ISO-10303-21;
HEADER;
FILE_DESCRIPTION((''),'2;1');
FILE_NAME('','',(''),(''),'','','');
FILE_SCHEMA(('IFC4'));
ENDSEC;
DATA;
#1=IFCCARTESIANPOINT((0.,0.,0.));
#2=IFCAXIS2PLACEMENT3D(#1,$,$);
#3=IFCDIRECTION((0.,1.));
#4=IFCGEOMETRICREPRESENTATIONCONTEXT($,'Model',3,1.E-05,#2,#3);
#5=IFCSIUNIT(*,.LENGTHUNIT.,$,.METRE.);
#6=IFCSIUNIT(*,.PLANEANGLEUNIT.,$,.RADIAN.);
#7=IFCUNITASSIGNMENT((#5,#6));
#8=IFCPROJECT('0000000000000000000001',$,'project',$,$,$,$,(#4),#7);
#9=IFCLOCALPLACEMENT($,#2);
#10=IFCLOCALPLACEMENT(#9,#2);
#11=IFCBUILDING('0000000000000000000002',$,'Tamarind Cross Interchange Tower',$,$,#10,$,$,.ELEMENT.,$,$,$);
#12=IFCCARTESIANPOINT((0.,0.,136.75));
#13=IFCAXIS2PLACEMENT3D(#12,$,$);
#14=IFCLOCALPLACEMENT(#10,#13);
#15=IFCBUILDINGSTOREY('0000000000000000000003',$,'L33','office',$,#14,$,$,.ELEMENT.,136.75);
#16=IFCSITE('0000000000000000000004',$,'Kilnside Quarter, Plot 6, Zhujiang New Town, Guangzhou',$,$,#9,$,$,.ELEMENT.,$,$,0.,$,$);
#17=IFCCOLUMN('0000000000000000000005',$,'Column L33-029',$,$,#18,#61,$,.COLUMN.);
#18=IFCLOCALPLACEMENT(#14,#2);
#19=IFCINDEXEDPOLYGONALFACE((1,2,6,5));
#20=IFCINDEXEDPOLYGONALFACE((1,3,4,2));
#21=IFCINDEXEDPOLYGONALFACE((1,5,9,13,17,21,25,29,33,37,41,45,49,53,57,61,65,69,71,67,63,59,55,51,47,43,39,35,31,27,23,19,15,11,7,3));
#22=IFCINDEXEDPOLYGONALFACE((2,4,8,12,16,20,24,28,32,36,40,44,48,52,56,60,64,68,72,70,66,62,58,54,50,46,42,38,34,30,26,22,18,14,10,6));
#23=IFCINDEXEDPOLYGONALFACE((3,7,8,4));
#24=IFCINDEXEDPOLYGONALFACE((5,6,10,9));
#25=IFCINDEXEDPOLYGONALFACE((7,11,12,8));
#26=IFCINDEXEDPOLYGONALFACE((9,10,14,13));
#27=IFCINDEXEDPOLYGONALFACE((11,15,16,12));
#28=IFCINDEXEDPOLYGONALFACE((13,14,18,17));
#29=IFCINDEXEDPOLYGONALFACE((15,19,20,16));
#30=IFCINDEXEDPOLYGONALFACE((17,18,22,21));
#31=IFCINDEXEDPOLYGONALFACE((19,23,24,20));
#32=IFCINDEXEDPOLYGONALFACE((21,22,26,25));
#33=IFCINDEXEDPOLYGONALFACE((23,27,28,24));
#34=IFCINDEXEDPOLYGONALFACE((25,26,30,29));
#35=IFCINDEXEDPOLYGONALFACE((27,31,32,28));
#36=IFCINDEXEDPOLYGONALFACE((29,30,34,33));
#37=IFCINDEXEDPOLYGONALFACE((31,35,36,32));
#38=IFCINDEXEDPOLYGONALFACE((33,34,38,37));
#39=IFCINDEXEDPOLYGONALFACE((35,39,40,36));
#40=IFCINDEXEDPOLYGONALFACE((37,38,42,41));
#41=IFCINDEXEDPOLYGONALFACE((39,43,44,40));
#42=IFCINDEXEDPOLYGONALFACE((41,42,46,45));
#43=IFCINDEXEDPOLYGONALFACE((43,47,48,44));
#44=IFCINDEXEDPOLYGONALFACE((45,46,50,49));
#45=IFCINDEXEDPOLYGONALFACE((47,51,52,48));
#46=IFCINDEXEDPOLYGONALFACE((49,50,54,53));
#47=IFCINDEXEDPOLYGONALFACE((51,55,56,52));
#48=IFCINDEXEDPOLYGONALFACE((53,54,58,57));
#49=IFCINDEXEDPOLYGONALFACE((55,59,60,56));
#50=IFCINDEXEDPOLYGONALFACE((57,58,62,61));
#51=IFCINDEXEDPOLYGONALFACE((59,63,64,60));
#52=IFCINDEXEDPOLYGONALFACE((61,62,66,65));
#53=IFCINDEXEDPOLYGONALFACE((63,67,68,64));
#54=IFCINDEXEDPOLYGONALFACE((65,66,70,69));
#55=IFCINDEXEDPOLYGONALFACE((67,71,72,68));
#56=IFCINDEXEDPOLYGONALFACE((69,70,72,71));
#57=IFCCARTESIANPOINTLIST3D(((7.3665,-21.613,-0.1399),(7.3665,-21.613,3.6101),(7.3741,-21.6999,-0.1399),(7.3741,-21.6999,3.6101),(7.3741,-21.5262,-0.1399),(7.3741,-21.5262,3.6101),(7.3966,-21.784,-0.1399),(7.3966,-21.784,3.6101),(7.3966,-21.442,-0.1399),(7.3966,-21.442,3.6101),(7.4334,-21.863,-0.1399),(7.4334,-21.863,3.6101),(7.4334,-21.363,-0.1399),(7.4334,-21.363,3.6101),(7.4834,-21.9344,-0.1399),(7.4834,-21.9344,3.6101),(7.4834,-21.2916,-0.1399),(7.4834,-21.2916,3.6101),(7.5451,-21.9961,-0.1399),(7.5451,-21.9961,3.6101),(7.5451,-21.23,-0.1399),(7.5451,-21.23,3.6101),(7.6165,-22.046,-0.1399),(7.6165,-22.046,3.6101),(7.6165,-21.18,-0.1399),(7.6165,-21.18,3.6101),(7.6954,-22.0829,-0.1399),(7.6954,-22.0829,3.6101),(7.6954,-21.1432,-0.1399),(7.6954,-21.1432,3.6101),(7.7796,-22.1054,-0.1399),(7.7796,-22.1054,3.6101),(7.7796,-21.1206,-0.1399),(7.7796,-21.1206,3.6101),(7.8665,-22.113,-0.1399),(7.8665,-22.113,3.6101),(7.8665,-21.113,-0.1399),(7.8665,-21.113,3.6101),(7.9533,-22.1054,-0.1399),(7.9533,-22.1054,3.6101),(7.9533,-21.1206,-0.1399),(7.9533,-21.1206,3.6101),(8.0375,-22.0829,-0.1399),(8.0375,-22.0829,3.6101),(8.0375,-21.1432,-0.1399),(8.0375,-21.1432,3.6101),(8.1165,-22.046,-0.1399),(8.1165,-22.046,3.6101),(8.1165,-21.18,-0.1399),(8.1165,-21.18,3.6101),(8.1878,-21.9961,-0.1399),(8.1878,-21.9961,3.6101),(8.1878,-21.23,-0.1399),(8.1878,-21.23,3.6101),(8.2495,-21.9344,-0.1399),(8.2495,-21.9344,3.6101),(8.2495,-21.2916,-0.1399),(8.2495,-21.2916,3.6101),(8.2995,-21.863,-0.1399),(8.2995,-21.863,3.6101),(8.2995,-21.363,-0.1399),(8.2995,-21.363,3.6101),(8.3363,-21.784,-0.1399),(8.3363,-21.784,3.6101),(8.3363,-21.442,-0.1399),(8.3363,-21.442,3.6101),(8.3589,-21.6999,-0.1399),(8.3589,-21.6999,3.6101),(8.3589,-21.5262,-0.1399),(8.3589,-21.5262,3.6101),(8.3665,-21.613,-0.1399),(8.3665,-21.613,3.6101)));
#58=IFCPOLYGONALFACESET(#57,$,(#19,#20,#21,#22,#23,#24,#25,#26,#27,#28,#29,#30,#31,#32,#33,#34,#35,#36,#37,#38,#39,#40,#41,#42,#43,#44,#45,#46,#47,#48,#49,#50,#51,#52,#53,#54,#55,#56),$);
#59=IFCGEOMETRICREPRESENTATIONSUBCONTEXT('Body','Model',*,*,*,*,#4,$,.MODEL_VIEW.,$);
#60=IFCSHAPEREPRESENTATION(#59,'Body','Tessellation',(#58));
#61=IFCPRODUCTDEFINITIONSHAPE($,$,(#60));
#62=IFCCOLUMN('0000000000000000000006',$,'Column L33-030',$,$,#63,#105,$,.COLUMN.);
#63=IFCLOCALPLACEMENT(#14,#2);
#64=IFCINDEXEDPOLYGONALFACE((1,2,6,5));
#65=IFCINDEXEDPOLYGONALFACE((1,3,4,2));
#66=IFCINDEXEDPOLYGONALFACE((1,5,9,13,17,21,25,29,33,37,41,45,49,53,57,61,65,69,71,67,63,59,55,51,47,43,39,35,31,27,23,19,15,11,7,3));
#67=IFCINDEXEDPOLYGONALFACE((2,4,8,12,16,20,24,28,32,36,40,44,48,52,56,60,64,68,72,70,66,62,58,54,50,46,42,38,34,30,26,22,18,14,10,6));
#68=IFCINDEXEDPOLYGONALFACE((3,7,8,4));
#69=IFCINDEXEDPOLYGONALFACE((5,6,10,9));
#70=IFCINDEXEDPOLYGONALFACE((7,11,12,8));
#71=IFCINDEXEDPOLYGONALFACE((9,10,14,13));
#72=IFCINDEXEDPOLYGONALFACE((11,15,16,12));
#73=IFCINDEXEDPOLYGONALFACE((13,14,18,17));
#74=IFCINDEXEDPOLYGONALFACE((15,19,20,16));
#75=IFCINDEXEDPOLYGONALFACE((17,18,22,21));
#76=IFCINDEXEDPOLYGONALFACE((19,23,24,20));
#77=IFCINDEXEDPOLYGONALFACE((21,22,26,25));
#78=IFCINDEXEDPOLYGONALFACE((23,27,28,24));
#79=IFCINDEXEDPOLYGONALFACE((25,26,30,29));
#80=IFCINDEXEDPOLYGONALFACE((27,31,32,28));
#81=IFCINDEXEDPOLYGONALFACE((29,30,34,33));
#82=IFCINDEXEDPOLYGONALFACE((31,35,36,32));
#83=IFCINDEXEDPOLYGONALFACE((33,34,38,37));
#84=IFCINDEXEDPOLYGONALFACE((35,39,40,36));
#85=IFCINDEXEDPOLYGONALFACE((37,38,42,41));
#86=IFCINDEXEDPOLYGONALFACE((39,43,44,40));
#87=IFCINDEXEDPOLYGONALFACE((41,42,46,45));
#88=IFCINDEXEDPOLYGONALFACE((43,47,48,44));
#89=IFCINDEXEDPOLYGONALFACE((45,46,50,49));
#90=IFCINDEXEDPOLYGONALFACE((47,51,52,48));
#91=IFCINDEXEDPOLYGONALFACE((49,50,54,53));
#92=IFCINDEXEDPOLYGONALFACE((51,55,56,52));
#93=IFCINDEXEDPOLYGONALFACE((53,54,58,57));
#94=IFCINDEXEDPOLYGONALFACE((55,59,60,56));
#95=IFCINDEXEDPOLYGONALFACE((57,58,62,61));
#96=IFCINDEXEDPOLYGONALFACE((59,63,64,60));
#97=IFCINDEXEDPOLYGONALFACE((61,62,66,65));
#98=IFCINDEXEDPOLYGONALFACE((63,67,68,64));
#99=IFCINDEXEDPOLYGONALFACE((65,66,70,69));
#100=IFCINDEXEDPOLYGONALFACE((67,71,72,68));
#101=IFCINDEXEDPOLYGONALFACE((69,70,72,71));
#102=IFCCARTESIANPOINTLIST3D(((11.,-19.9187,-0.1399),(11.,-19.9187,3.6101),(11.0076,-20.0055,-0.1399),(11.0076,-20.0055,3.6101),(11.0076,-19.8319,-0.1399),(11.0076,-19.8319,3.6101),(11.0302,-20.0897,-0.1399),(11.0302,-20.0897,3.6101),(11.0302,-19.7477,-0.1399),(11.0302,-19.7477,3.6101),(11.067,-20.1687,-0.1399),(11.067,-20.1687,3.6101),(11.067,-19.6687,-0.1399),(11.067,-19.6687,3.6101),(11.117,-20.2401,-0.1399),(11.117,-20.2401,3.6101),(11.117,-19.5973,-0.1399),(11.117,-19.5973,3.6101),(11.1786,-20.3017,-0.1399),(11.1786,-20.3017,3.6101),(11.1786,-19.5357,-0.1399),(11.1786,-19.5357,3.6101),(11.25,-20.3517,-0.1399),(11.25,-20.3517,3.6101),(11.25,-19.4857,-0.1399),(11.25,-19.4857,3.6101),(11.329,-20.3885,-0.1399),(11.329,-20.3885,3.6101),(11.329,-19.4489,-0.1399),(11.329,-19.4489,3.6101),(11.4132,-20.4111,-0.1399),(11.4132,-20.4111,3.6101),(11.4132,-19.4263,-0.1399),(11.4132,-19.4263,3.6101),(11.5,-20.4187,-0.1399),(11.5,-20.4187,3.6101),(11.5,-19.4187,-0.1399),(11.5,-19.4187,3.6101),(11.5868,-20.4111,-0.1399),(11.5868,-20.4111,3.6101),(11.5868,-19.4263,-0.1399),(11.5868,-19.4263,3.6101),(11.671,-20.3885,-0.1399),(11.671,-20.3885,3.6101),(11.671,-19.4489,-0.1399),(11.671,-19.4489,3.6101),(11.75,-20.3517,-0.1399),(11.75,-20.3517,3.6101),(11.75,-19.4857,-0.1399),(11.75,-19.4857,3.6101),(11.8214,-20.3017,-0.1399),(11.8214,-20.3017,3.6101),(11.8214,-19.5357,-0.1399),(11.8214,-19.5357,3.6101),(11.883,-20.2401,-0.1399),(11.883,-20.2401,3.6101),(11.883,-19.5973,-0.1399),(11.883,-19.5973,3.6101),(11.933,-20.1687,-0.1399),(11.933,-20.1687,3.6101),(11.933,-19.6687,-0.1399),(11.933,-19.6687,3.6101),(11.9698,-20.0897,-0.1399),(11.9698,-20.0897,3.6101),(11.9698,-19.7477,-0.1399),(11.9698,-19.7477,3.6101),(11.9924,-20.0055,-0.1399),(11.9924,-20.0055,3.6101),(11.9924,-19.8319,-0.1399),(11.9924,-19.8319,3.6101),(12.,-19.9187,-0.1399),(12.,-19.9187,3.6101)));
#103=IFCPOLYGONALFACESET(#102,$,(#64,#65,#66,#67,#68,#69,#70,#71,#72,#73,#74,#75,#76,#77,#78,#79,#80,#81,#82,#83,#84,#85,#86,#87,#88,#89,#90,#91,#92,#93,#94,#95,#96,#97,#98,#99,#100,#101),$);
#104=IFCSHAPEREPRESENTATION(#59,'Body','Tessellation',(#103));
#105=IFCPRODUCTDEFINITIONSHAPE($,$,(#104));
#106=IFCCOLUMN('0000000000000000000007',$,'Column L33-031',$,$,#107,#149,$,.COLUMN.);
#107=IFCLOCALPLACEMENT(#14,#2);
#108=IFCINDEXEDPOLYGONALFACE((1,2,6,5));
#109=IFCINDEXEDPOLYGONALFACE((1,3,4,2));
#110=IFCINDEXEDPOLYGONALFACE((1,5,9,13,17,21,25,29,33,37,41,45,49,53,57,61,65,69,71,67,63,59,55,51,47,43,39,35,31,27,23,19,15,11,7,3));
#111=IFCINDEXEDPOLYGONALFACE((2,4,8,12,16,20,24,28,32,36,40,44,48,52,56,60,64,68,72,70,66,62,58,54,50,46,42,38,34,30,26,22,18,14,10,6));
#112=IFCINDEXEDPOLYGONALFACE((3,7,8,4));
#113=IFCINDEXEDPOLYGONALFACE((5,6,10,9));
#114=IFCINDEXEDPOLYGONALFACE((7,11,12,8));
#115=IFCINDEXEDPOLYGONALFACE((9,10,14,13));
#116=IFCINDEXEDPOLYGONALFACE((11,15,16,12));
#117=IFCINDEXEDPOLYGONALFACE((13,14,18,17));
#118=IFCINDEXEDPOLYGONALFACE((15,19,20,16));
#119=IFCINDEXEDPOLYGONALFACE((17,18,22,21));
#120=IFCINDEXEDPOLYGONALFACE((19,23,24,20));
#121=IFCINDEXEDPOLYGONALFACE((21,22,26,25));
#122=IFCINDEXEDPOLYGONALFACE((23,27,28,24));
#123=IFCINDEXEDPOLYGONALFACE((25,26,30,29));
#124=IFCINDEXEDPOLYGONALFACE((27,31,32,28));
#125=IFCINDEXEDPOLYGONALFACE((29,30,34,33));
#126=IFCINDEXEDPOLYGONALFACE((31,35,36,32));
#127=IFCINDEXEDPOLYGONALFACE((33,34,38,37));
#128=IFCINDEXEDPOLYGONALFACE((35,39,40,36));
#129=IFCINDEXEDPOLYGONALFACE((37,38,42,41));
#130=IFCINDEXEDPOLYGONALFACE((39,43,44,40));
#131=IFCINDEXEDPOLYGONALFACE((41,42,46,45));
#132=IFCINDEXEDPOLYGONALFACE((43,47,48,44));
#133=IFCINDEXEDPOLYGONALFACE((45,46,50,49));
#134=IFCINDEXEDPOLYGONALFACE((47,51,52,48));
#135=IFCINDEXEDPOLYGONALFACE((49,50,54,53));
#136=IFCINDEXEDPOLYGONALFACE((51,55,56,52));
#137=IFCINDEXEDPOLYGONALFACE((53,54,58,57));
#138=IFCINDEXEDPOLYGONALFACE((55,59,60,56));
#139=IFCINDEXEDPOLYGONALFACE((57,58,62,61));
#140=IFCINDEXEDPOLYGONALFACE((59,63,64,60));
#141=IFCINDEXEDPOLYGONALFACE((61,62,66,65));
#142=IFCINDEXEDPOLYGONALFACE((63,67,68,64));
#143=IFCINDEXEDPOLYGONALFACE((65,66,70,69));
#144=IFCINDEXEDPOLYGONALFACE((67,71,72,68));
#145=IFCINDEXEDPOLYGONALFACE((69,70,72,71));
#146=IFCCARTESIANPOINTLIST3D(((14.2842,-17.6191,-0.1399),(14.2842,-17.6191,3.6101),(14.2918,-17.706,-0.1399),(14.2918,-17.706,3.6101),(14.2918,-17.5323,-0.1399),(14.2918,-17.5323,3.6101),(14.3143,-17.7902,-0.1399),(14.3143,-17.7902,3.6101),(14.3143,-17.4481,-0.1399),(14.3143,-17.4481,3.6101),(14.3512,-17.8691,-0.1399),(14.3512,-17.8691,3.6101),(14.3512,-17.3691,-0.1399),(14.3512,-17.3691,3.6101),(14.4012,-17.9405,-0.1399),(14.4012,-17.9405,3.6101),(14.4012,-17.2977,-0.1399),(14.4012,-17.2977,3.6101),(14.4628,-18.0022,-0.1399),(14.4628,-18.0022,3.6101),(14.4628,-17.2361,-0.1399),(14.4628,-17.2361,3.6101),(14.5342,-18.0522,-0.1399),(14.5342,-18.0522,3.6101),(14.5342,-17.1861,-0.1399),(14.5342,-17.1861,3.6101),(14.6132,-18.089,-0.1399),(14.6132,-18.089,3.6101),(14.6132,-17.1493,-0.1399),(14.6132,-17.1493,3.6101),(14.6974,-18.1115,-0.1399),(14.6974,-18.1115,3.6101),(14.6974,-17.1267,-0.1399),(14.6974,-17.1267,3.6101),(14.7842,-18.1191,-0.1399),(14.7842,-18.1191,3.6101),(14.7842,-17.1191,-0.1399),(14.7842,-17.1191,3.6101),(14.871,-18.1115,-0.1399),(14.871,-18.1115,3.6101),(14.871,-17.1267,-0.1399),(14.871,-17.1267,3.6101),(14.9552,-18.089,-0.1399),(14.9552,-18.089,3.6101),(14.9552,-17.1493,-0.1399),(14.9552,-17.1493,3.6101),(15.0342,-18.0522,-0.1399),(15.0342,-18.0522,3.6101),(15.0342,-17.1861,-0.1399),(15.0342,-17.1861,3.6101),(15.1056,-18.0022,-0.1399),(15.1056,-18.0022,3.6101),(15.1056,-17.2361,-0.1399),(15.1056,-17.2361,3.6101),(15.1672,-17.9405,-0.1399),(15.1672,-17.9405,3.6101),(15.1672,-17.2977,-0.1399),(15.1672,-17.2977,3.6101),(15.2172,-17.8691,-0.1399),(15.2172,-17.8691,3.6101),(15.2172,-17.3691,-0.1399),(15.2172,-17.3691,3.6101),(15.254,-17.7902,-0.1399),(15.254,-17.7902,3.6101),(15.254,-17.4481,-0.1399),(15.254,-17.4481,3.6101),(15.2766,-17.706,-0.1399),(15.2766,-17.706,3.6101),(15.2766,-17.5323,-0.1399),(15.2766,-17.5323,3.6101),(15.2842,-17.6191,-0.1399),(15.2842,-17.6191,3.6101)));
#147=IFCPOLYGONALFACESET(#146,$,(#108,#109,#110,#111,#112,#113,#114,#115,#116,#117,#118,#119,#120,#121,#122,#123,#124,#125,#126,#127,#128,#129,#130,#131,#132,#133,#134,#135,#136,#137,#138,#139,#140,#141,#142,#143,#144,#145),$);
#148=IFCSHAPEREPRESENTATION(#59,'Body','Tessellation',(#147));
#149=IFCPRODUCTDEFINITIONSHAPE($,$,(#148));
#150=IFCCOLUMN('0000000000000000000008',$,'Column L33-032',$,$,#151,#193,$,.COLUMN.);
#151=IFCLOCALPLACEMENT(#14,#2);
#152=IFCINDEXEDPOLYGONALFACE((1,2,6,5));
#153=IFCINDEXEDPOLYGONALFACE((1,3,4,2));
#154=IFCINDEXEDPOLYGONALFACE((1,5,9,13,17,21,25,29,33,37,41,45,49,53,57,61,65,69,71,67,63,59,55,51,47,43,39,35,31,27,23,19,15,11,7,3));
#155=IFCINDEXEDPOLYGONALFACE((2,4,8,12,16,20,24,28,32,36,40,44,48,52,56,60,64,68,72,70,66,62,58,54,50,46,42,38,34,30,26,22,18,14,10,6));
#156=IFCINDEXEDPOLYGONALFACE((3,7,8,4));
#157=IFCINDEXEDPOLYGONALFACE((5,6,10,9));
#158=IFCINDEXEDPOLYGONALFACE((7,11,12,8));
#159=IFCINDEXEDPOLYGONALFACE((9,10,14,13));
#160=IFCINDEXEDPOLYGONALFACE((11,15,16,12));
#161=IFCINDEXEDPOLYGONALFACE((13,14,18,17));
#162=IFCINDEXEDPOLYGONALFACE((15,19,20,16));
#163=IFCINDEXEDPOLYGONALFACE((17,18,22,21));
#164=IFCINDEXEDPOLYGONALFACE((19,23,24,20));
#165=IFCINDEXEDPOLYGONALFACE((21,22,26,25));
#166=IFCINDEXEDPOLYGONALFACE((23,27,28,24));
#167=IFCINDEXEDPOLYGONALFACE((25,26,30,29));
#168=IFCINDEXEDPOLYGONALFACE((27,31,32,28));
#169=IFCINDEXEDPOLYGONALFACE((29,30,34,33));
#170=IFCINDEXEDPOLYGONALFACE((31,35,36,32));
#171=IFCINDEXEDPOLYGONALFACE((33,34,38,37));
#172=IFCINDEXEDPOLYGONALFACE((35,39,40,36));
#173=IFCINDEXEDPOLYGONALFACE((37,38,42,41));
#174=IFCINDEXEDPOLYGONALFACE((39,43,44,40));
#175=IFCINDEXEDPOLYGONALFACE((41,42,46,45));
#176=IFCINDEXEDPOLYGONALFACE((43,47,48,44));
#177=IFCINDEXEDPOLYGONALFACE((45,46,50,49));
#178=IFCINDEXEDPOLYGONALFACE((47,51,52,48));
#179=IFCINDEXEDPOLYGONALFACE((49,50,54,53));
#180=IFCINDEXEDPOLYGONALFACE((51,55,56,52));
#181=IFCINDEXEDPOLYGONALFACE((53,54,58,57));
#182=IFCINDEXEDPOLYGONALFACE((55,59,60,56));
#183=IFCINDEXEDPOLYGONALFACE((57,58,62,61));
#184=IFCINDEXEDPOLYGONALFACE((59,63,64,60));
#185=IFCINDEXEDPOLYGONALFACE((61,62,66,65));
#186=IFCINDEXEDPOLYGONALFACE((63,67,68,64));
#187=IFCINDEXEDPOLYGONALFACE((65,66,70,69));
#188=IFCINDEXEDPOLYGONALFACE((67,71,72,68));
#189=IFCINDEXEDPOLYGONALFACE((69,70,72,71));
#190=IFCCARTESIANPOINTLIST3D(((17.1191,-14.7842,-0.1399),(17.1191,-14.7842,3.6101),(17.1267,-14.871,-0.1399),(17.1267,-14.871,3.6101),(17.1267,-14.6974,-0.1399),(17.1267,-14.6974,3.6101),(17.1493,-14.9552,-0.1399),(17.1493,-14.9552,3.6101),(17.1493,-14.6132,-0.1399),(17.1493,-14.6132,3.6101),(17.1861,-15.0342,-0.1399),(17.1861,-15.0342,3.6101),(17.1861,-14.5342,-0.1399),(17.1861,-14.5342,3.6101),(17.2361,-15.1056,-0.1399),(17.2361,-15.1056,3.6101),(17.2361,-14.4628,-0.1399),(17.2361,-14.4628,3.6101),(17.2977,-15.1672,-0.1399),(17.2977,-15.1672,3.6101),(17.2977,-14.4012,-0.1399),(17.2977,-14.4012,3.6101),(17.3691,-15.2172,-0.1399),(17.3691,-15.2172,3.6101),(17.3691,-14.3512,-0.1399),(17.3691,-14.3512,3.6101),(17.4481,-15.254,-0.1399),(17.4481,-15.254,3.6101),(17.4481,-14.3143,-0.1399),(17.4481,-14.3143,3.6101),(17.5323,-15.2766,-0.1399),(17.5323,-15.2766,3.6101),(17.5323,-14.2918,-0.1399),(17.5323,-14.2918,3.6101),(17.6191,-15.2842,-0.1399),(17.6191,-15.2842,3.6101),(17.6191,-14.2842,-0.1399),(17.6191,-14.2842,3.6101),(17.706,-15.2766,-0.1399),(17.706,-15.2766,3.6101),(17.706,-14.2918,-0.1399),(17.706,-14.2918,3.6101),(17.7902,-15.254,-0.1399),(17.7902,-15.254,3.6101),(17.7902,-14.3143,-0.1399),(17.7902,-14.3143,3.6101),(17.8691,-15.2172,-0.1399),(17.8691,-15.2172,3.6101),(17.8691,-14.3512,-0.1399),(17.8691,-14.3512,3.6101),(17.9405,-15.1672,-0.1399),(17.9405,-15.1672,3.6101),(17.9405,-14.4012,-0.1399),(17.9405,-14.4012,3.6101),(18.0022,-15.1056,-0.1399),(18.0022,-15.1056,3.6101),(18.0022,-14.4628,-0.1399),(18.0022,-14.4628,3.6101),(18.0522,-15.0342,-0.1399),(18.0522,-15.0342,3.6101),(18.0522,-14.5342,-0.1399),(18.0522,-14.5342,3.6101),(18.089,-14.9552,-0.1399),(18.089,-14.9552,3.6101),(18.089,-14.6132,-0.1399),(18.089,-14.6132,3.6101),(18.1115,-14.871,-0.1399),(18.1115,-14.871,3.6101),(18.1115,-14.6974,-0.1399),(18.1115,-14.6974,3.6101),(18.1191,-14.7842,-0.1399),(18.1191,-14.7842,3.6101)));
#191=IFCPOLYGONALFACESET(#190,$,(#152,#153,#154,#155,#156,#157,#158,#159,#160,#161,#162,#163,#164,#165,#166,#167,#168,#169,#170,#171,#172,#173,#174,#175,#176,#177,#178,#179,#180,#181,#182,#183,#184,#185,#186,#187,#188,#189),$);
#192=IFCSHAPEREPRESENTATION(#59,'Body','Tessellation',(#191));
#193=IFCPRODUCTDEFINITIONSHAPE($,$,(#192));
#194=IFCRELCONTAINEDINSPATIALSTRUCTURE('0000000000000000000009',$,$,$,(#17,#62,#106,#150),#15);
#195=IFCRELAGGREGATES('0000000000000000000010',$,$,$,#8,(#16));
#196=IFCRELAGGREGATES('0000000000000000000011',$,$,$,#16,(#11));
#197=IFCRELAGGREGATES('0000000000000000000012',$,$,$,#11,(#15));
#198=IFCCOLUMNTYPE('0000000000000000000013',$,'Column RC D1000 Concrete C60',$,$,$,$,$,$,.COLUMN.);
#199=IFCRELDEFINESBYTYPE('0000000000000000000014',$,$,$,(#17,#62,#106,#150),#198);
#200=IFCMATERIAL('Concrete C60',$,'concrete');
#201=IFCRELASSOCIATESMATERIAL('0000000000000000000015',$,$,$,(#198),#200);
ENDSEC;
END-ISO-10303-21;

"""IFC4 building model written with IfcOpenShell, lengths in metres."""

from ifc_helpers import new_model, si_unit, direction, frame, origin, origin_2d, place, context, subcontext, project, spatial, circle, extrude, material, material_profile, profile_set, type_object, element, save


model = new_model("IFC4")

# Units and contexts
model_context = context("Model", 3, precision=1e-05, world=origin(), true_north=direction((0.0, 1.0)))
body_context = subcontext(model_context, "Body", "Model", "MODEL_VIEW")
ifc_project = project(units=[si_unit("LENGTHUNIT", "METRE"), si_unit("PLANEANGLEUNIT", "RADIAN")], contexts=[model_context])

# Site, building, storey
site_placement = place(None, origin())
site = spatial("IfcSite", under=ifc_project, at=site_placement, Name="Kilnside Quarter, Plot 6, Zhujiang New Town, Guangzhou", CompositionType="ELEMENT", RefElevation=0.0)
building_placement = place(site_placement, origin())
building = spatial("IfcBuilding", under=site, at=building_placement, Name="Tamarind Cross Interchange Tower", CompositionType="ELEMENT")
storey_placement = place(building_placement, frame((0.0, 0.0, 136.75)))
storey = spatial("IfcBuildingStorey", under=building, at=storey_placement, Name="L33", Description="office", CompositionType="ELEMENT", Elevation=136.75)

# Columns
ifc_material_1 = material(Name="Concrete C60", Category="concrete")
ifc_material_profile_1 = material_profile(ifc_material_1, circle(Radius=0.5, at=origin_2d()), Name="RC D1000")
ifc_profile_set_1 = profile_set([ifc_material_profile_1], Name="Concrete C60")
column_type = type_object("IfcColumnType", Name="Column RC D1000 Concrete C60", PredefinedType="COLUMN", material=ifc_profile_set_1)
for number, where, z_axis, x_axis, name in (
    (1, (7.8665, -21.613, -0.1399), (0.0, 0.0, 1.0), (1.0, 0.0, 0.0), "Column L33-029"),
    (2, (11.5, -19.9187, -0.1399), (0.0, 0.0, 1.0), (1.0, 0.0, 0.0), "Column L33-030"),
    (3, (14.7842, -17.6191, -0.1399), (0.0, 0.0, 1.0), (1.0, 0.0, 0.0), "Column L33-031"),
    (4, (17.6191, -14.7842, -0.1399), (0.0, 0.0, 1.0), (1.0, 0.0, 0.0), "Column L33-032"),
):
    element("IfcColumn", number, at=place(storey_placement, frame(where, z_axis=z_axis, x_axis=x_axis)), inside=storey, type_object=column_type, Name=name, PredefinedType="COLUMN", context=body_context, shape_type="SweptSolid", body=[
        extrude(circle(Radius=0.5, at=origin_2d()), origin(), (0.0, 0.0, 1.0), 3.75),
    ])

save(model, "model.ifc")
